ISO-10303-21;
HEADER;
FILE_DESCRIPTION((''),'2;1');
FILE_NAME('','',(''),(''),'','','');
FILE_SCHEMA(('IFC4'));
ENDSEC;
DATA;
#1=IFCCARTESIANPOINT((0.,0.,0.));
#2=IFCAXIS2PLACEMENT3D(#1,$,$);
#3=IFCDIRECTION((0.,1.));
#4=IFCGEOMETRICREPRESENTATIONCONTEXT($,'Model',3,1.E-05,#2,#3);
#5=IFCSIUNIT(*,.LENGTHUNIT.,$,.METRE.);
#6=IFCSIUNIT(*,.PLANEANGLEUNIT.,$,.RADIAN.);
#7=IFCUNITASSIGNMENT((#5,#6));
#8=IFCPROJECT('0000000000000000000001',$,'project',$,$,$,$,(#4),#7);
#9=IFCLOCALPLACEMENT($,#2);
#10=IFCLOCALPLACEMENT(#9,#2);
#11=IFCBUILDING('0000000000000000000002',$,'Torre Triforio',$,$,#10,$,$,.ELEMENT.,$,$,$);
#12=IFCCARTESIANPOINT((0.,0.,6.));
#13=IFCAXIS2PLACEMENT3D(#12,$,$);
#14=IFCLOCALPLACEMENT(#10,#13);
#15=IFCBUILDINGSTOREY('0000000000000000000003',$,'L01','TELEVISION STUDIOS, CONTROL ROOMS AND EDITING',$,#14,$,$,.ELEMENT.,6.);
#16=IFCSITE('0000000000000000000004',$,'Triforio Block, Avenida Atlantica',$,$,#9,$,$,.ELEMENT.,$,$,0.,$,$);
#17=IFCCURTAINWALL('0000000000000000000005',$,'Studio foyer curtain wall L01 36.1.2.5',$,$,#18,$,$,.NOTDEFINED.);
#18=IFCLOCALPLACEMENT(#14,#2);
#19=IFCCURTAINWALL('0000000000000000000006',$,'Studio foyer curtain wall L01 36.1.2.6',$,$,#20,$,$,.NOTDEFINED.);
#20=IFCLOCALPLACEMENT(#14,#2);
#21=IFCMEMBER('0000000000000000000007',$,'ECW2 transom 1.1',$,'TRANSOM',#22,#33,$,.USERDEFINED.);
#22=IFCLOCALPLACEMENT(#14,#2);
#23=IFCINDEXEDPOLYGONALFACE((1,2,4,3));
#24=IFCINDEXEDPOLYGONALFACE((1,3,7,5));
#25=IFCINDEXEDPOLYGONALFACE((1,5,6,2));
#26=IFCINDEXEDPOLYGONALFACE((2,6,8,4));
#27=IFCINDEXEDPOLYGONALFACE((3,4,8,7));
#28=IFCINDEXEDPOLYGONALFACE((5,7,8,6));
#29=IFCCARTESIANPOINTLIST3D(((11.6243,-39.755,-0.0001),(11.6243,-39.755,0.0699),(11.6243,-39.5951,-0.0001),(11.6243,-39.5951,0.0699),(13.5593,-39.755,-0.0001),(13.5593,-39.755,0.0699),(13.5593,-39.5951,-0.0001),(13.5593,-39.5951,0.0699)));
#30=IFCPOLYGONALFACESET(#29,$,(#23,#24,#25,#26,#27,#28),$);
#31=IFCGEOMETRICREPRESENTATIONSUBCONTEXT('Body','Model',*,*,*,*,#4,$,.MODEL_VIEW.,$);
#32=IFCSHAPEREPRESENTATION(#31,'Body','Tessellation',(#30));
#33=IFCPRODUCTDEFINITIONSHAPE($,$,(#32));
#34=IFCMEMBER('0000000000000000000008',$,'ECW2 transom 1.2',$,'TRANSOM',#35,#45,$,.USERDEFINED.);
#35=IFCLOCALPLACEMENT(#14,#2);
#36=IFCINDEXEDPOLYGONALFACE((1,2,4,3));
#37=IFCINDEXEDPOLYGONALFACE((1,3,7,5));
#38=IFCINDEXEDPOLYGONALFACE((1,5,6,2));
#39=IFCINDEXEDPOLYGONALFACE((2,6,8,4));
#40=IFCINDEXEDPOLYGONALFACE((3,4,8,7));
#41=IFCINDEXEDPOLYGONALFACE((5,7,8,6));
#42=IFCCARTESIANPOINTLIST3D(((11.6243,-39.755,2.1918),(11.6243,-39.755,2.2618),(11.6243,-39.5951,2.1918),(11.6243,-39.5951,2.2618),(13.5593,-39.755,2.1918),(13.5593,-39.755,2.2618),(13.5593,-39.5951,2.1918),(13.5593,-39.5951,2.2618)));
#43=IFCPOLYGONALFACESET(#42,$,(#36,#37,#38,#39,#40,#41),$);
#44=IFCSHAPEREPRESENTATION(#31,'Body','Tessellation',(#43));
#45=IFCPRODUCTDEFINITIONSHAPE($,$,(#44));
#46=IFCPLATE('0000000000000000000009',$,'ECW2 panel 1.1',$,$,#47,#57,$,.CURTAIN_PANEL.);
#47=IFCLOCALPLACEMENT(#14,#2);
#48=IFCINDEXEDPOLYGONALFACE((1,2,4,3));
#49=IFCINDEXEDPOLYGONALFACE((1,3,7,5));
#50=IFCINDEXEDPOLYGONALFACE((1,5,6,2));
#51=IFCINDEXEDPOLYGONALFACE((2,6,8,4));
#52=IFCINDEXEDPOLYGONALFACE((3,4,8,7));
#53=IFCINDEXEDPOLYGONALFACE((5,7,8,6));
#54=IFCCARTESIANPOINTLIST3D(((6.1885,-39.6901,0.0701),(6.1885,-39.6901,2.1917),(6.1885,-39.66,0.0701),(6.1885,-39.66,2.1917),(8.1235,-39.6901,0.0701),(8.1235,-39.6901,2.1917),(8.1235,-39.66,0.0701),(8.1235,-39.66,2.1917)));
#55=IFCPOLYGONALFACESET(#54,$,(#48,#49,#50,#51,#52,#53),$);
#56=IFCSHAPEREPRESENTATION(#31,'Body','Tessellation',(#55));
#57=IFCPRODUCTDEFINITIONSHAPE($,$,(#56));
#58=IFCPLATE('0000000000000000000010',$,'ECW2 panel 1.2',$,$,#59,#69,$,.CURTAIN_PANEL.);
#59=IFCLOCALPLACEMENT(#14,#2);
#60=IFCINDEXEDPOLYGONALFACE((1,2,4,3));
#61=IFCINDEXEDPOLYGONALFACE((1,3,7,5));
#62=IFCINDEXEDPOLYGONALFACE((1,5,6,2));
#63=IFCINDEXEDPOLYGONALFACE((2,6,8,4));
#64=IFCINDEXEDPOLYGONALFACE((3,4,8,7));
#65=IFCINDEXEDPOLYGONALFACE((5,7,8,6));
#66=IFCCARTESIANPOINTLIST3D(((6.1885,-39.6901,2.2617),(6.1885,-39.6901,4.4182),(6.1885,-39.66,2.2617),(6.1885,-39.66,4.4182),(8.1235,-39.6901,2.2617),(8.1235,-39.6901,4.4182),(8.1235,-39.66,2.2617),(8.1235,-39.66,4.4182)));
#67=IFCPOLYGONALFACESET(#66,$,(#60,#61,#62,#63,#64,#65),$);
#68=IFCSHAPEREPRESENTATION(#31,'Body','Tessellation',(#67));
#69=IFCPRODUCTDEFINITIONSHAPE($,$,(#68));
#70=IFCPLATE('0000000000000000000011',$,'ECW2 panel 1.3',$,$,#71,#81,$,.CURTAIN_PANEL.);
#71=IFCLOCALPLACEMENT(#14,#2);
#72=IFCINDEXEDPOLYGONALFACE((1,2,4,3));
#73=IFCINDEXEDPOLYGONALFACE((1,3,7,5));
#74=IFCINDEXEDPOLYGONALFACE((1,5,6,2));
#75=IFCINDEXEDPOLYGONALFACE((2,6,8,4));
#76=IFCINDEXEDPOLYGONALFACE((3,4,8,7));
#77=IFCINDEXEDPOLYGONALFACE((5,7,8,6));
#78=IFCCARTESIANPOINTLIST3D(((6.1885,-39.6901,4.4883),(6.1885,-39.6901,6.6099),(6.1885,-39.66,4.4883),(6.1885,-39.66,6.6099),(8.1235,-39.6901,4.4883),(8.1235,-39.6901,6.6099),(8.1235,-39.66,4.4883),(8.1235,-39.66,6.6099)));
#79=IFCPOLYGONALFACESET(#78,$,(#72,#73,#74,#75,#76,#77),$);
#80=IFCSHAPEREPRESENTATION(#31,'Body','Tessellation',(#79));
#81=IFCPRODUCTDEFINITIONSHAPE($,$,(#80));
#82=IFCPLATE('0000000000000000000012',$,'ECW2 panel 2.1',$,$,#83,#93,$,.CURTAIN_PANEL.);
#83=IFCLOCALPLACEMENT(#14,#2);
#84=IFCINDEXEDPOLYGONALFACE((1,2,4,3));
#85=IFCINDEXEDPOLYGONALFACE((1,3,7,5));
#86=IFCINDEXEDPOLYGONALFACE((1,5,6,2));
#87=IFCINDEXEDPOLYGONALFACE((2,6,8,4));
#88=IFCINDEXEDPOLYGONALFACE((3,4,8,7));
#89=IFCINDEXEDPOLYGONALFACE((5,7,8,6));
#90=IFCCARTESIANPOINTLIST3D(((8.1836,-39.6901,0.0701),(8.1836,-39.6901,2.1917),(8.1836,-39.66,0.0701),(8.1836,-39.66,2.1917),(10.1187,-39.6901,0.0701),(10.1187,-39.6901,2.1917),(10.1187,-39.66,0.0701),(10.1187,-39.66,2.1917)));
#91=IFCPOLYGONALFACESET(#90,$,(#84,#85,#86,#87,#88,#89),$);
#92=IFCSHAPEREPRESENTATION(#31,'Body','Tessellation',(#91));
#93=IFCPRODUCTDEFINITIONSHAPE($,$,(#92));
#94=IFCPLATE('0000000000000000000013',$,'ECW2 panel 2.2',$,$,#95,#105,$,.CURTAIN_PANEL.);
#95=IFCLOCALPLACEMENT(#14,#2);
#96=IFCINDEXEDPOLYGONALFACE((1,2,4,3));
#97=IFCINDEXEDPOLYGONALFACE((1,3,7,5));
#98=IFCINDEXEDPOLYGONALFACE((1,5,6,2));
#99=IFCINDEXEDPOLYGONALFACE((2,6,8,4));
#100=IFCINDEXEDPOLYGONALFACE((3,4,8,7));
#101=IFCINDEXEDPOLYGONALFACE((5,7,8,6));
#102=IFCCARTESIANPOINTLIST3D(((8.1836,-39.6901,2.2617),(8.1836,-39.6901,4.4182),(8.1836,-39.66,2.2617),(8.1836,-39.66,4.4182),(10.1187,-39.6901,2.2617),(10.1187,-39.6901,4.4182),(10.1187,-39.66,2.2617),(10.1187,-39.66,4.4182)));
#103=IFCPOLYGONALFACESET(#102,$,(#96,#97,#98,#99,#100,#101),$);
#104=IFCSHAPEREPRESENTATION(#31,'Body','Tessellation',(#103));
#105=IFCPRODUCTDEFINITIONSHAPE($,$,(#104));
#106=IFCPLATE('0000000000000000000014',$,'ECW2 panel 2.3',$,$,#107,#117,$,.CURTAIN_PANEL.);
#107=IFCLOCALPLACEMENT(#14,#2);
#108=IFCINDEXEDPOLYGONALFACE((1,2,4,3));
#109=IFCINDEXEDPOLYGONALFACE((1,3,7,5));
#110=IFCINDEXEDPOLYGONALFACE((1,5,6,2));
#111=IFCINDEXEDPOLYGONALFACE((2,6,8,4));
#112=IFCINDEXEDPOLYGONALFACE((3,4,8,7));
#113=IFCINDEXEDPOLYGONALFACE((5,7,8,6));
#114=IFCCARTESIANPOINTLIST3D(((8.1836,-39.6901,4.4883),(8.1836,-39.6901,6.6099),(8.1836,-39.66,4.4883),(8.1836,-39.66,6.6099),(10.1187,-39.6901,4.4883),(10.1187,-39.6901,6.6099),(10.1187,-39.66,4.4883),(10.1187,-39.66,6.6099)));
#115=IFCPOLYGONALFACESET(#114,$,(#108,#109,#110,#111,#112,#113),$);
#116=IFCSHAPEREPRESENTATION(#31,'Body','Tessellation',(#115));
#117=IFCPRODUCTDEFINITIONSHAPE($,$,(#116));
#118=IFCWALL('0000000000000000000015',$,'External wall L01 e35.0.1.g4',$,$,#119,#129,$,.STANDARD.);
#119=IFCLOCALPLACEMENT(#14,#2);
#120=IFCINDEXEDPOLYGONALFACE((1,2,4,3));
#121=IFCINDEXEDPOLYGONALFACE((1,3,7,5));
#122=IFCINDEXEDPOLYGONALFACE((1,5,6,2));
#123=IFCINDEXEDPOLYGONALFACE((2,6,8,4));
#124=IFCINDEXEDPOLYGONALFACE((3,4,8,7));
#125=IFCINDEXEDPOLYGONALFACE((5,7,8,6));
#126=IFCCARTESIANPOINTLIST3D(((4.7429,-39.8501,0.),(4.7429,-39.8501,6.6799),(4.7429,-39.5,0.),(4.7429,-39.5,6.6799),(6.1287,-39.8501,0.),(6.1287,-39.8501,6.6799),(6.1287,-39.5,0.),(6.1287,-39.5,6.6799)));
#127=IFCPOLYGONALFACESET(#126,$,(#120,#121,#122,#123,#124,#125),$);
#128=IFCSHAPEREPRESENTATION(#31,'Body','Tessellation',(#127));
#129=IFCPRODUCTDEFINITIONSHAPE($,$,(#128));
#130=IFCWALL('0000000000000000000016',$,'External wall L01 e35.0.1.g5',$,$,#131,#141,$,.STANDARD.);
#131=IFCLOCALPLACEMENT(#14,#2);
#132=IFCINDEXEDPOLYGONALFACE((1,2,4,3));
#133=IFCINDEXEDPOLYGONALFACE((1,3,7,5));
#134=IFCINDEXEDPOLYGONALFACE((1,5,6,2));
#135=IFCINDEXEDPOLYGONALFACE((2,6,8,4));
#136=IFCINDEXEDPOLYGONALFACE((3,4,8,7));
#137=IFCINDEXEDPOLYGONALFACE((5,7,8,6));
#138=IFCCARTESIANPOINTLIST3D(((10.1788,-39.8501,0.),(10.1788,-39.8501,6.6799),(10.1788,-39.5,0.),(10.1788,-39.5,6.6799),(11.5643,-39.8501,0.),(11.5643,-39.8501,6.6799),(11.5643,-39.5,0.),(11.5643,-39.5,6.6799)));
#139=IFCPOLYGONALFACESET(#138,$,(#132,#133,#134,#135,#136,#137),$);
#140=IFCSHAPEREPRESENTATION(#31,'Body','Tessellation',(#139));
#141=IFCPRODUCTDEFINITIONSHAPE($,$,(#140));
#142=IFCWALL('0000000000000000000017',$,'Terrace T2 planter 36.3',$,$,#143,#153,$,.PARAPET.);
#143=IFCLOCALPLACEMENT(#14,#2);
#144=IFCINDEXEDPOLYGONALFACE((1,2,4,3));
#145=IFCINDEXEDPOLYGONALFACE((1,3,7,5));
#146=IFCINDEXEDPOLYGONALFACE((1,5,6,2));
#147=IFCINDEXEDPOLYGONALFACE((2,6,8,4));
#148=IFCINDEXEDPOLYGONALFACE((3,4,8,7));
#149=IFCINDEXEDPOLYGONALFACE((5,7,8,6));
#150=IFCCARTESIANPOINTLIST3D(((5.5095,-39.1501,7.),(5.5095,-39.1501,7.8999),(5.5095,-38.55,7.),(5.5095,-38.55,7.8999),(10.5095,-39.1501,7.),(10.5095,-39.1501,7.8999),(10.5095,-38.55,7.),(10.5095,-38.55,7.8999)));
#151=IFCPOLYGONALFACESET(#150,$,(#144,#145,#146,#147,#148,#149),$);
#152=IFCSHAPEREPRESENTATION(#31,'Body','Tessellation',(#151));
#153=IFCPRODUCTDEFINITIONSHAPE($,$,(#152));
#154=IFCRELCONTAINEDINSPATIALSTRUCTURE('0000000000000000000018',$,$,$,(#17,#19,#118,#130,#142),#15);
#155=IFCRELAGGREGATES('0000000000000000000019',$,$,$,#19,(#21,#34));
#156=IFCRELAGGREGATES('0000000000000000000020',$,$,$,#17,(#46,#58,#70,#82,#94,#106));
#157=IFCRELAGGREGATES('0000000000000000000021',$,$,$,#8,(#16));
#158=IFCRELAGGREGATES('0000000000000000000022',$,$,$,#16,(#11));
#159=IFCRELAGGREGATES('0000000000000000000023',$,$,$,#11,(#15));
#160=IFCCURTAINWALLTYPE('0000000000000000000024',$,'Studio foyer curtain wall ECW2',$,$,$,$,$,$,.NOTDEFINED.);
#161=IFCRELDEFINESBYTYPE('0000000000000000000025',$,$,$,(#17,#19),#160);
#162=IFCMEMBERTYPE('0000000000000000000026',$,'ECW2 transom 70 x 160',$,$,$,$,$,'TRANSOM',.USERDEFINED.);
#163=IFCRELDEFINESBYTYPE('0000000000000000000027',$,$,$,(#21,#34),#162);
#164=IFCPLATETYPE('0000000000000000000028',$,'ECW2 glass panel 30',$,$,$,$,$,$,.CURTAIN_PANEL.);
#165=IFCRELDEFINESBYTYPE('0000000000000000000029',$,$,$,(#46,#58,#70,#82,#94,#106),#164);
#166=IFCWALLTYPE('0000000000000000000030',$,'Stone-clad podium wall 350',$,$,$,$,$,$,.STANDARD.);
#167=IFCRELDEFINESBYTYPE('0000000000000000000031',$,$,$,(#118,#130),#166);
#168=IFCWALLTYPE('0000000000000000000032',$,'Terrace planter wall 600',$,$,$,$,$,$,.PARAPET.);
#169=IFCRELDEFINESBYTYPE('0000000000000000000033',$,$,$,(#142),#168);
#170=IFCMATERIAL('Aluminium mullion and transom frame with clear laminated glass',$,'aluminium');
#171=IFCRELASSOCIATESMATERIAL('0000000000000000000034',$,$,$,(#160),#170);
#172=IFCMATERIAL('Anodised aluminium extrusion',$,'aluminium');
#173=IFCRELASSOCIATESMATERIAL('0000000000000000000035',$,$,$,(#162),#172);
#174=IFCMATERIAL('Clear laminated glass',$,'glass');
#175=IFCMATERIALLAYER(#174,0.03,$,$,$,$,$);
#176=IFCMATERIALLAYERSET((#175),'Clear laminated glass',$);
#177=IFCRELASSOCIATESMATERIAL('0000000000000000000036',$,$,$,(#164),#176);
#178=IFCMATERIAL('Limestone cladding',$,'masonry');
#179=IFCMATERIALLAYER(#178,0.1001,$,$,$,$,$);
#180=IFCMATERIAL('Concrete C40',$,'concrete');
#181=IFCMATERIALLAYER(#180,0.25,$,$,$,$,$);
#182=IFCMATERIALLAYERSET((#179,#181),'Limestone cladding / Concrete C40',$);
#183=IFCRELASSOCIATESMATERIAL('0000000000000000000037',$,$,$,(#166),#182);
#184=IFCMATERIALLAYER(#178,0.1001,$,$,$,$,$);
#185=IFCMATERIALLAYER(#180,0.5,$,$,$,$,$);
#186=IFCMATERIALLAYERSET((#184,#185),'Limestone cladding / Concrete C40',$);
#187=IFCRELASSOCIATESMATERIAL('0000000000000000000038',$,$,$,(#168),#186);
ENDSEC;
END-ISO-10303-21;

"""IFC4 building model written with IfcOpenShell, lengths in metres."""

from ifc_helpers import new_model, si_unit, direction, frame, frame_2d, origin, origin_2d, place, context, subcontext, project, spatial, rectangle, extrude, material, layer, layer_set, material_profile, profile_set, type_object, element, aggregate, save


model = new_model("IFC4")

# Units and contexts
model_context = context("Model", 3, precision=1e-05, world=origin(), true_north=direction((0.0, 1.0)))
body_context = subcontext(model_context, "Body", "Model", "MODEL_VIEW")
ifc_project = project(units=[si_unit("LENGTHUNIT", "METRE"), si_unit("PLANEANGLEUNIT", "RADIAN")], contexts=[model_context])

# Site, building, storey
site_placement = place(None, origin())
site = spatial("IfcSite", under=ifc_project, at=site_placement, Name="Triforio Block, Avenida Atlantica", CompositionType="ELEMENT", RefElevation=0.0)
building_placement = place(site_placement, origin())
building = spatial("IfcBuilding", under=site, at=building_placement, Name="Torre Triforio", CompositionType="ELEMENT")
storey_placement = place(building_placement, frame((0.0, 0.0, 6.0)))
storey = spatial("IfcBuildingStorey", under=building, at=storey_placement, Name="L01", Description="TELEVISION STUDIOS, CONTROL ROOMS AND EDITING", CompositionType="ELEMENT", Elevation=6.0)

# Shared definitions
ifc_material_1 = material(Name="Aluminium mullion and transom frame with clear laminated glass", Category="aluminium")
curtain_wall_type = type_object("IfcCurtainWallType", Name="Studio foyer curtain wall ECW2", PredefinedType="NOTDEFINED", material=ifc_material_1)
ifc_material_2 = material(Name="Anodised aluminium extrusion", Category="aluminium")

# Curtain wall
curtain_wall_1_placement = place(storey_placement, origin())
curtain_wall_1 = element("IfcCurtainWall", 1, at=curtain_wall_1_placement, inside=storey, type_object=curtain_wall_type, Name="Studio foyer curtain wall L01 36.1.2.5", PredefinedType="NOTDEFINED")

# Curtain wall
curtain_wall_2_placement = place(storey_placement, origin())
curtain_wall_2 = element("IfcCurtainWall", 2, at=curtain_wall_2_placement, inside=storey, type_object=curtain_wall_type, Name="Studio foyer curtain wall L01 36.1.2.6", PredefinedType="NOTDEFINED")

# Members
ifc_material_profile_1 = material_profile(ifc_material_2, rectangle(XDim=0.1599, YDim=0.0701, at=origin_2d()), Name="ECW2 TRANSOM 70x160")
ifc_profile_set_1 = profile_set([ifc_material_profile_1], Name="Anodised aluminium extrusion")
member_type_1 = type_object("IfcMemberType", Name="ECW2 transom 70 x 160", ElementType="TRANSOM", PredefinedType="USERDEFINED", material=ifc_profile_set_1)
member_1_placement = place(storey_placement, frame((11.6243, -39.675, 0.0349), z_axis=(1.0, 0.0, 0.0), x_axis=(0.0, 1.0, 0.0)))
member_1 = element("IfcMember", 3, at=member_1_placement, type_object=member_type_1, Name="ECW2 transom 1.1", ObjectType="TRANSOM", PredefinedType="USERDEFINED", context=body_context, shape_type="SweptSolid", body=[
    extrude(rectangle(XDim=0.1599, YDim=0.0701, at=origin_2d()), origin(), (0.0, 0.0, 1.0), 1.9351),
])
member_2_placement = place(storey_placement, frame((11.6243, -39.675, 2.2268), z_axis=(1.0, 0.0, 0.0), x_axis=(0.0, 1.0, 0.0)))
member_2 = element("IfcMember", 4, at=member_2_placement, type_object=member_type_1, Name="ECW2 transom 1.2", ObjectType="TRANSOM", PredefinedType="USERDEFINED", context=body_context, shape_type="SweptSolid", body=[
    extrude(rectangle(XDim=0.1599, YDim=0.0701, at=origin_2d()), origin(), (0.0, 0.0, 1.0), 1.9351),
])
aggregate(curtain_wall_2, [member_1, member_2])

# Plates
ifc_material_3 = material(Name="Clear laminated glass", Category="glass")
ifc_layer_1 = layer(ifc_material_3, 0.03)
ifc_layer_set_1 = layer_set([ifc_layer_1], Name="Clear laminated glass")
plate_type = type_object("IfcPlateType", Name="ECW2 glass panel 30", PredefinedType="CURTAIN_PANEL", material=ifc_layer_set_1)
plate_1_placement = place(storey_placement, frame((7.156, -39.675, 0.0701), z_axis=(0.0, 0.0, 1.0), x_axis=(1.0, 0.0, 0.0)))
plate_1 = element("IfcPlate", 5, at=plate_1_placement, type_object=plate_type, Name="ECW2 panel 1.1", PredefinedType="CURTAIN_PANEL", context=body_context, shape_type="SweptSolid", body=[
    extrude(rectangle(XDim=1.9351, YDim=0.03, at=origin_2d()), origin(), (0.0, 0.0, 1.0), 2.1216),
])
plate_2_placement = place(storey_placement, frame((7.156, -39.675, 2.2617), z_axis=(0.0, 0.0, 1.0), x_axis=(1.0, 0.0, 0.0)))
plate_2 = element("IfcPlate", 6, at=plate_2_placement, type_object=plate_type, Name="ECW2 panel 1.2", PredefinedType="CURTAIN_PANEL", context=body_context, shape_type="SweptSolid", body=[
    extrude(rectangle(XDim=1.9351, YDim=0.03, at=origin_2d()), origin(), (0.0, 0.0, 1.0), 2.1565),
])
plate_3_placement = place(storey_placement, frame((7.156, -39.675, 4.4883), z_axis=(0.0, 0.0, 1.0), x_axis=(1.0, 0.0, 0.0)))
plate_3 = element("IfcPlate", 7, at=plate_3_placement, type_object=plate_type, Name="ECW2 panel 1.3", PredefinedType="CURTAIN_PANEL", context=body_context, shape_type="SweptSolid", body=[
    extrude(rectangle(XDim=1.9351, YDim=0.03, at=origin_2d()), origin(), (0.0, 0.0, 1.0), 2.1216),
])
plate_4_placement = place(storey_placement, frame((9.1511, -39.675, 0.0701), z_axis=(0.0, 0.0, 1.0), x_axis=(1.0, 0.0, 0.0)))
plate_4 = element("IfcPlate", 8, at=plate_4_placement, type_object=plate_type, Name="ECW2 panel 2.1", PredefinedType="CURTAIN_PANEL", context=body_context, shape_type="SweptSolid", body=[
    extrude(rectangle(XDim=1.9351, YDim=0.03, at=origin_2d()), origin(), (0.0, 0.0, 1.0), 2.1216),
])
plate_5_placement = place(storey_placement, frame((9.1511, -39.675, 2.2617), z_axis=(0.0, 0.0, 1.0), x_axis=(1.0, 0.0, 0.0)))
plate_5 = element("IfcPlate", 9, at=plate_5_placement, type_object=plate_type, Name="ECW2 panel 2.2", PredefinedType="CURTAIN_PANEL", context=body_context, shape_type="SweptSolid", body=[
    extrude(rectangle(XDim=1.9351, YDim=0.03, at=origin_2d()), origin(), (0.0, 0.0, 1.0), 2.1565),
])
plate_6_placement = place(storey_placement, frame((9.1511, -39.675, 4.4883), z_axis=(0.0, 0.0, 1.0), x_axis=(1.0, 0.0, 0.0)))
plate_6 = element("IfcPlate", 10, at=plate_6_placement, type_object=plate_type, Name="ECW2 panel 2.3", PredefinedType="CURTAIN_PANEL", context=body_context, shape_type="SweptSolid", body=[
    extrude(rectangle(XDim=1.9351, YDim=0.03, at=origin_2d()), origin(), (0.0, 0.0, 1.0), 2.1216),
])
aggregate(curtain_wall_1, [plate_1, plate_2, plate_3, plate_4, plate_5, plate_6])

# Walls
ifc_material_4 = material(Name="Limestone cladding", Category="masonry")
ifc_layer_2 = layer(ifc_material_4, 0.1001)
ifc_material_5 = material(Name="Concrete C40", Category="concrete")
ifc_layer_3 = layer(ifc_material_5, 0.25)
ifc_layer_set_2 = layer_set([ifc_layer_2, ifc_layer_3], Name="Limestone cladding / Concrete C40")
wall_type_1 = type_object("IfcWallType", Name="Stone-clad podium wall 350", PredefinedType="STANDARD", material=ifc_layer_set_2)
wall_1_placement = place(storey_placement, frame((4.7429, -39.675, 0.0), z_axis=(0.0, 0.0, 1.0), x_axis=(1.0, 0.0, 0.0)))
element("IfcWall", 11, at=wall_1_placement, inside=storey, type_object=wall_type_1, Name="External wall L01 e35.0.1.g4", PredefinedType="STANDARD", context=body_context, shape_type="SweptSolid", body=[
    extrude(rectangle(XDim=1.3857, YDim=0.3501, at=frame_2d((0.6929, 0.0))), origin(), (0.0, 0.0, 1.0), 6.6799),
])
wall_2_placement = place(storey_placement, frame((10.1787, -39.675, 0.0), z_axis=(0.0, 0.0, 1.0), x_axis=(1.0, 0.0, 0.0)))
element("IfcWall", 12, at=wall_2_placement, inside=storey, type_object=wall_type_1, Name="External wall L01 e35.0.1.g5", PredefinedType="STANDARD", context=body_context, shape_type="SweptSolid", body=[
    extrude(rectangle(XDim=1.3855, YDim=0.3501, at=frame_2d((0.6929, 0.0))), origin(), (0.0, 0.0, 1.0), 6.6799),
])
ifc_layer_4 = layer(ifc_material_4, 0.1001)
ifc_layer_5 = layer(ifc_material_5, 0.5)
ifc_layer_set_3 = layer_set([ifc_layer_4, ifc_layer_5], Name="Limestone cladding / Concrete C40")
wall_type_2 = type_object("IfcWallType", Name="Terrace planter wall 600", PredefinedType="PARAPET", material=ifc_layer_set_3)
wall_3_placement = place(storey_placement, frame((5.5095, -38.8501, 7.0), z_axis=(0.0, 0.0, 1.0), x_axis=(1.0, 0.0, 0.0)))
element("IfcWall", 13, at=wall_3_placement, inside=storey, type_object=wall_type_2, Name="Terrace T2 planter 36.3", PredefinedType="PARAPET", context=body_context, shape_type="SweptSolid", body=[
    extrude(rectangle(XDim=5.0, YDim=0.6001, at=frame_2d((2.5, 0.0))), origin(), (0.0, 0.0, 1.0), 0.8999),
])

save(model, "model.ifc")
